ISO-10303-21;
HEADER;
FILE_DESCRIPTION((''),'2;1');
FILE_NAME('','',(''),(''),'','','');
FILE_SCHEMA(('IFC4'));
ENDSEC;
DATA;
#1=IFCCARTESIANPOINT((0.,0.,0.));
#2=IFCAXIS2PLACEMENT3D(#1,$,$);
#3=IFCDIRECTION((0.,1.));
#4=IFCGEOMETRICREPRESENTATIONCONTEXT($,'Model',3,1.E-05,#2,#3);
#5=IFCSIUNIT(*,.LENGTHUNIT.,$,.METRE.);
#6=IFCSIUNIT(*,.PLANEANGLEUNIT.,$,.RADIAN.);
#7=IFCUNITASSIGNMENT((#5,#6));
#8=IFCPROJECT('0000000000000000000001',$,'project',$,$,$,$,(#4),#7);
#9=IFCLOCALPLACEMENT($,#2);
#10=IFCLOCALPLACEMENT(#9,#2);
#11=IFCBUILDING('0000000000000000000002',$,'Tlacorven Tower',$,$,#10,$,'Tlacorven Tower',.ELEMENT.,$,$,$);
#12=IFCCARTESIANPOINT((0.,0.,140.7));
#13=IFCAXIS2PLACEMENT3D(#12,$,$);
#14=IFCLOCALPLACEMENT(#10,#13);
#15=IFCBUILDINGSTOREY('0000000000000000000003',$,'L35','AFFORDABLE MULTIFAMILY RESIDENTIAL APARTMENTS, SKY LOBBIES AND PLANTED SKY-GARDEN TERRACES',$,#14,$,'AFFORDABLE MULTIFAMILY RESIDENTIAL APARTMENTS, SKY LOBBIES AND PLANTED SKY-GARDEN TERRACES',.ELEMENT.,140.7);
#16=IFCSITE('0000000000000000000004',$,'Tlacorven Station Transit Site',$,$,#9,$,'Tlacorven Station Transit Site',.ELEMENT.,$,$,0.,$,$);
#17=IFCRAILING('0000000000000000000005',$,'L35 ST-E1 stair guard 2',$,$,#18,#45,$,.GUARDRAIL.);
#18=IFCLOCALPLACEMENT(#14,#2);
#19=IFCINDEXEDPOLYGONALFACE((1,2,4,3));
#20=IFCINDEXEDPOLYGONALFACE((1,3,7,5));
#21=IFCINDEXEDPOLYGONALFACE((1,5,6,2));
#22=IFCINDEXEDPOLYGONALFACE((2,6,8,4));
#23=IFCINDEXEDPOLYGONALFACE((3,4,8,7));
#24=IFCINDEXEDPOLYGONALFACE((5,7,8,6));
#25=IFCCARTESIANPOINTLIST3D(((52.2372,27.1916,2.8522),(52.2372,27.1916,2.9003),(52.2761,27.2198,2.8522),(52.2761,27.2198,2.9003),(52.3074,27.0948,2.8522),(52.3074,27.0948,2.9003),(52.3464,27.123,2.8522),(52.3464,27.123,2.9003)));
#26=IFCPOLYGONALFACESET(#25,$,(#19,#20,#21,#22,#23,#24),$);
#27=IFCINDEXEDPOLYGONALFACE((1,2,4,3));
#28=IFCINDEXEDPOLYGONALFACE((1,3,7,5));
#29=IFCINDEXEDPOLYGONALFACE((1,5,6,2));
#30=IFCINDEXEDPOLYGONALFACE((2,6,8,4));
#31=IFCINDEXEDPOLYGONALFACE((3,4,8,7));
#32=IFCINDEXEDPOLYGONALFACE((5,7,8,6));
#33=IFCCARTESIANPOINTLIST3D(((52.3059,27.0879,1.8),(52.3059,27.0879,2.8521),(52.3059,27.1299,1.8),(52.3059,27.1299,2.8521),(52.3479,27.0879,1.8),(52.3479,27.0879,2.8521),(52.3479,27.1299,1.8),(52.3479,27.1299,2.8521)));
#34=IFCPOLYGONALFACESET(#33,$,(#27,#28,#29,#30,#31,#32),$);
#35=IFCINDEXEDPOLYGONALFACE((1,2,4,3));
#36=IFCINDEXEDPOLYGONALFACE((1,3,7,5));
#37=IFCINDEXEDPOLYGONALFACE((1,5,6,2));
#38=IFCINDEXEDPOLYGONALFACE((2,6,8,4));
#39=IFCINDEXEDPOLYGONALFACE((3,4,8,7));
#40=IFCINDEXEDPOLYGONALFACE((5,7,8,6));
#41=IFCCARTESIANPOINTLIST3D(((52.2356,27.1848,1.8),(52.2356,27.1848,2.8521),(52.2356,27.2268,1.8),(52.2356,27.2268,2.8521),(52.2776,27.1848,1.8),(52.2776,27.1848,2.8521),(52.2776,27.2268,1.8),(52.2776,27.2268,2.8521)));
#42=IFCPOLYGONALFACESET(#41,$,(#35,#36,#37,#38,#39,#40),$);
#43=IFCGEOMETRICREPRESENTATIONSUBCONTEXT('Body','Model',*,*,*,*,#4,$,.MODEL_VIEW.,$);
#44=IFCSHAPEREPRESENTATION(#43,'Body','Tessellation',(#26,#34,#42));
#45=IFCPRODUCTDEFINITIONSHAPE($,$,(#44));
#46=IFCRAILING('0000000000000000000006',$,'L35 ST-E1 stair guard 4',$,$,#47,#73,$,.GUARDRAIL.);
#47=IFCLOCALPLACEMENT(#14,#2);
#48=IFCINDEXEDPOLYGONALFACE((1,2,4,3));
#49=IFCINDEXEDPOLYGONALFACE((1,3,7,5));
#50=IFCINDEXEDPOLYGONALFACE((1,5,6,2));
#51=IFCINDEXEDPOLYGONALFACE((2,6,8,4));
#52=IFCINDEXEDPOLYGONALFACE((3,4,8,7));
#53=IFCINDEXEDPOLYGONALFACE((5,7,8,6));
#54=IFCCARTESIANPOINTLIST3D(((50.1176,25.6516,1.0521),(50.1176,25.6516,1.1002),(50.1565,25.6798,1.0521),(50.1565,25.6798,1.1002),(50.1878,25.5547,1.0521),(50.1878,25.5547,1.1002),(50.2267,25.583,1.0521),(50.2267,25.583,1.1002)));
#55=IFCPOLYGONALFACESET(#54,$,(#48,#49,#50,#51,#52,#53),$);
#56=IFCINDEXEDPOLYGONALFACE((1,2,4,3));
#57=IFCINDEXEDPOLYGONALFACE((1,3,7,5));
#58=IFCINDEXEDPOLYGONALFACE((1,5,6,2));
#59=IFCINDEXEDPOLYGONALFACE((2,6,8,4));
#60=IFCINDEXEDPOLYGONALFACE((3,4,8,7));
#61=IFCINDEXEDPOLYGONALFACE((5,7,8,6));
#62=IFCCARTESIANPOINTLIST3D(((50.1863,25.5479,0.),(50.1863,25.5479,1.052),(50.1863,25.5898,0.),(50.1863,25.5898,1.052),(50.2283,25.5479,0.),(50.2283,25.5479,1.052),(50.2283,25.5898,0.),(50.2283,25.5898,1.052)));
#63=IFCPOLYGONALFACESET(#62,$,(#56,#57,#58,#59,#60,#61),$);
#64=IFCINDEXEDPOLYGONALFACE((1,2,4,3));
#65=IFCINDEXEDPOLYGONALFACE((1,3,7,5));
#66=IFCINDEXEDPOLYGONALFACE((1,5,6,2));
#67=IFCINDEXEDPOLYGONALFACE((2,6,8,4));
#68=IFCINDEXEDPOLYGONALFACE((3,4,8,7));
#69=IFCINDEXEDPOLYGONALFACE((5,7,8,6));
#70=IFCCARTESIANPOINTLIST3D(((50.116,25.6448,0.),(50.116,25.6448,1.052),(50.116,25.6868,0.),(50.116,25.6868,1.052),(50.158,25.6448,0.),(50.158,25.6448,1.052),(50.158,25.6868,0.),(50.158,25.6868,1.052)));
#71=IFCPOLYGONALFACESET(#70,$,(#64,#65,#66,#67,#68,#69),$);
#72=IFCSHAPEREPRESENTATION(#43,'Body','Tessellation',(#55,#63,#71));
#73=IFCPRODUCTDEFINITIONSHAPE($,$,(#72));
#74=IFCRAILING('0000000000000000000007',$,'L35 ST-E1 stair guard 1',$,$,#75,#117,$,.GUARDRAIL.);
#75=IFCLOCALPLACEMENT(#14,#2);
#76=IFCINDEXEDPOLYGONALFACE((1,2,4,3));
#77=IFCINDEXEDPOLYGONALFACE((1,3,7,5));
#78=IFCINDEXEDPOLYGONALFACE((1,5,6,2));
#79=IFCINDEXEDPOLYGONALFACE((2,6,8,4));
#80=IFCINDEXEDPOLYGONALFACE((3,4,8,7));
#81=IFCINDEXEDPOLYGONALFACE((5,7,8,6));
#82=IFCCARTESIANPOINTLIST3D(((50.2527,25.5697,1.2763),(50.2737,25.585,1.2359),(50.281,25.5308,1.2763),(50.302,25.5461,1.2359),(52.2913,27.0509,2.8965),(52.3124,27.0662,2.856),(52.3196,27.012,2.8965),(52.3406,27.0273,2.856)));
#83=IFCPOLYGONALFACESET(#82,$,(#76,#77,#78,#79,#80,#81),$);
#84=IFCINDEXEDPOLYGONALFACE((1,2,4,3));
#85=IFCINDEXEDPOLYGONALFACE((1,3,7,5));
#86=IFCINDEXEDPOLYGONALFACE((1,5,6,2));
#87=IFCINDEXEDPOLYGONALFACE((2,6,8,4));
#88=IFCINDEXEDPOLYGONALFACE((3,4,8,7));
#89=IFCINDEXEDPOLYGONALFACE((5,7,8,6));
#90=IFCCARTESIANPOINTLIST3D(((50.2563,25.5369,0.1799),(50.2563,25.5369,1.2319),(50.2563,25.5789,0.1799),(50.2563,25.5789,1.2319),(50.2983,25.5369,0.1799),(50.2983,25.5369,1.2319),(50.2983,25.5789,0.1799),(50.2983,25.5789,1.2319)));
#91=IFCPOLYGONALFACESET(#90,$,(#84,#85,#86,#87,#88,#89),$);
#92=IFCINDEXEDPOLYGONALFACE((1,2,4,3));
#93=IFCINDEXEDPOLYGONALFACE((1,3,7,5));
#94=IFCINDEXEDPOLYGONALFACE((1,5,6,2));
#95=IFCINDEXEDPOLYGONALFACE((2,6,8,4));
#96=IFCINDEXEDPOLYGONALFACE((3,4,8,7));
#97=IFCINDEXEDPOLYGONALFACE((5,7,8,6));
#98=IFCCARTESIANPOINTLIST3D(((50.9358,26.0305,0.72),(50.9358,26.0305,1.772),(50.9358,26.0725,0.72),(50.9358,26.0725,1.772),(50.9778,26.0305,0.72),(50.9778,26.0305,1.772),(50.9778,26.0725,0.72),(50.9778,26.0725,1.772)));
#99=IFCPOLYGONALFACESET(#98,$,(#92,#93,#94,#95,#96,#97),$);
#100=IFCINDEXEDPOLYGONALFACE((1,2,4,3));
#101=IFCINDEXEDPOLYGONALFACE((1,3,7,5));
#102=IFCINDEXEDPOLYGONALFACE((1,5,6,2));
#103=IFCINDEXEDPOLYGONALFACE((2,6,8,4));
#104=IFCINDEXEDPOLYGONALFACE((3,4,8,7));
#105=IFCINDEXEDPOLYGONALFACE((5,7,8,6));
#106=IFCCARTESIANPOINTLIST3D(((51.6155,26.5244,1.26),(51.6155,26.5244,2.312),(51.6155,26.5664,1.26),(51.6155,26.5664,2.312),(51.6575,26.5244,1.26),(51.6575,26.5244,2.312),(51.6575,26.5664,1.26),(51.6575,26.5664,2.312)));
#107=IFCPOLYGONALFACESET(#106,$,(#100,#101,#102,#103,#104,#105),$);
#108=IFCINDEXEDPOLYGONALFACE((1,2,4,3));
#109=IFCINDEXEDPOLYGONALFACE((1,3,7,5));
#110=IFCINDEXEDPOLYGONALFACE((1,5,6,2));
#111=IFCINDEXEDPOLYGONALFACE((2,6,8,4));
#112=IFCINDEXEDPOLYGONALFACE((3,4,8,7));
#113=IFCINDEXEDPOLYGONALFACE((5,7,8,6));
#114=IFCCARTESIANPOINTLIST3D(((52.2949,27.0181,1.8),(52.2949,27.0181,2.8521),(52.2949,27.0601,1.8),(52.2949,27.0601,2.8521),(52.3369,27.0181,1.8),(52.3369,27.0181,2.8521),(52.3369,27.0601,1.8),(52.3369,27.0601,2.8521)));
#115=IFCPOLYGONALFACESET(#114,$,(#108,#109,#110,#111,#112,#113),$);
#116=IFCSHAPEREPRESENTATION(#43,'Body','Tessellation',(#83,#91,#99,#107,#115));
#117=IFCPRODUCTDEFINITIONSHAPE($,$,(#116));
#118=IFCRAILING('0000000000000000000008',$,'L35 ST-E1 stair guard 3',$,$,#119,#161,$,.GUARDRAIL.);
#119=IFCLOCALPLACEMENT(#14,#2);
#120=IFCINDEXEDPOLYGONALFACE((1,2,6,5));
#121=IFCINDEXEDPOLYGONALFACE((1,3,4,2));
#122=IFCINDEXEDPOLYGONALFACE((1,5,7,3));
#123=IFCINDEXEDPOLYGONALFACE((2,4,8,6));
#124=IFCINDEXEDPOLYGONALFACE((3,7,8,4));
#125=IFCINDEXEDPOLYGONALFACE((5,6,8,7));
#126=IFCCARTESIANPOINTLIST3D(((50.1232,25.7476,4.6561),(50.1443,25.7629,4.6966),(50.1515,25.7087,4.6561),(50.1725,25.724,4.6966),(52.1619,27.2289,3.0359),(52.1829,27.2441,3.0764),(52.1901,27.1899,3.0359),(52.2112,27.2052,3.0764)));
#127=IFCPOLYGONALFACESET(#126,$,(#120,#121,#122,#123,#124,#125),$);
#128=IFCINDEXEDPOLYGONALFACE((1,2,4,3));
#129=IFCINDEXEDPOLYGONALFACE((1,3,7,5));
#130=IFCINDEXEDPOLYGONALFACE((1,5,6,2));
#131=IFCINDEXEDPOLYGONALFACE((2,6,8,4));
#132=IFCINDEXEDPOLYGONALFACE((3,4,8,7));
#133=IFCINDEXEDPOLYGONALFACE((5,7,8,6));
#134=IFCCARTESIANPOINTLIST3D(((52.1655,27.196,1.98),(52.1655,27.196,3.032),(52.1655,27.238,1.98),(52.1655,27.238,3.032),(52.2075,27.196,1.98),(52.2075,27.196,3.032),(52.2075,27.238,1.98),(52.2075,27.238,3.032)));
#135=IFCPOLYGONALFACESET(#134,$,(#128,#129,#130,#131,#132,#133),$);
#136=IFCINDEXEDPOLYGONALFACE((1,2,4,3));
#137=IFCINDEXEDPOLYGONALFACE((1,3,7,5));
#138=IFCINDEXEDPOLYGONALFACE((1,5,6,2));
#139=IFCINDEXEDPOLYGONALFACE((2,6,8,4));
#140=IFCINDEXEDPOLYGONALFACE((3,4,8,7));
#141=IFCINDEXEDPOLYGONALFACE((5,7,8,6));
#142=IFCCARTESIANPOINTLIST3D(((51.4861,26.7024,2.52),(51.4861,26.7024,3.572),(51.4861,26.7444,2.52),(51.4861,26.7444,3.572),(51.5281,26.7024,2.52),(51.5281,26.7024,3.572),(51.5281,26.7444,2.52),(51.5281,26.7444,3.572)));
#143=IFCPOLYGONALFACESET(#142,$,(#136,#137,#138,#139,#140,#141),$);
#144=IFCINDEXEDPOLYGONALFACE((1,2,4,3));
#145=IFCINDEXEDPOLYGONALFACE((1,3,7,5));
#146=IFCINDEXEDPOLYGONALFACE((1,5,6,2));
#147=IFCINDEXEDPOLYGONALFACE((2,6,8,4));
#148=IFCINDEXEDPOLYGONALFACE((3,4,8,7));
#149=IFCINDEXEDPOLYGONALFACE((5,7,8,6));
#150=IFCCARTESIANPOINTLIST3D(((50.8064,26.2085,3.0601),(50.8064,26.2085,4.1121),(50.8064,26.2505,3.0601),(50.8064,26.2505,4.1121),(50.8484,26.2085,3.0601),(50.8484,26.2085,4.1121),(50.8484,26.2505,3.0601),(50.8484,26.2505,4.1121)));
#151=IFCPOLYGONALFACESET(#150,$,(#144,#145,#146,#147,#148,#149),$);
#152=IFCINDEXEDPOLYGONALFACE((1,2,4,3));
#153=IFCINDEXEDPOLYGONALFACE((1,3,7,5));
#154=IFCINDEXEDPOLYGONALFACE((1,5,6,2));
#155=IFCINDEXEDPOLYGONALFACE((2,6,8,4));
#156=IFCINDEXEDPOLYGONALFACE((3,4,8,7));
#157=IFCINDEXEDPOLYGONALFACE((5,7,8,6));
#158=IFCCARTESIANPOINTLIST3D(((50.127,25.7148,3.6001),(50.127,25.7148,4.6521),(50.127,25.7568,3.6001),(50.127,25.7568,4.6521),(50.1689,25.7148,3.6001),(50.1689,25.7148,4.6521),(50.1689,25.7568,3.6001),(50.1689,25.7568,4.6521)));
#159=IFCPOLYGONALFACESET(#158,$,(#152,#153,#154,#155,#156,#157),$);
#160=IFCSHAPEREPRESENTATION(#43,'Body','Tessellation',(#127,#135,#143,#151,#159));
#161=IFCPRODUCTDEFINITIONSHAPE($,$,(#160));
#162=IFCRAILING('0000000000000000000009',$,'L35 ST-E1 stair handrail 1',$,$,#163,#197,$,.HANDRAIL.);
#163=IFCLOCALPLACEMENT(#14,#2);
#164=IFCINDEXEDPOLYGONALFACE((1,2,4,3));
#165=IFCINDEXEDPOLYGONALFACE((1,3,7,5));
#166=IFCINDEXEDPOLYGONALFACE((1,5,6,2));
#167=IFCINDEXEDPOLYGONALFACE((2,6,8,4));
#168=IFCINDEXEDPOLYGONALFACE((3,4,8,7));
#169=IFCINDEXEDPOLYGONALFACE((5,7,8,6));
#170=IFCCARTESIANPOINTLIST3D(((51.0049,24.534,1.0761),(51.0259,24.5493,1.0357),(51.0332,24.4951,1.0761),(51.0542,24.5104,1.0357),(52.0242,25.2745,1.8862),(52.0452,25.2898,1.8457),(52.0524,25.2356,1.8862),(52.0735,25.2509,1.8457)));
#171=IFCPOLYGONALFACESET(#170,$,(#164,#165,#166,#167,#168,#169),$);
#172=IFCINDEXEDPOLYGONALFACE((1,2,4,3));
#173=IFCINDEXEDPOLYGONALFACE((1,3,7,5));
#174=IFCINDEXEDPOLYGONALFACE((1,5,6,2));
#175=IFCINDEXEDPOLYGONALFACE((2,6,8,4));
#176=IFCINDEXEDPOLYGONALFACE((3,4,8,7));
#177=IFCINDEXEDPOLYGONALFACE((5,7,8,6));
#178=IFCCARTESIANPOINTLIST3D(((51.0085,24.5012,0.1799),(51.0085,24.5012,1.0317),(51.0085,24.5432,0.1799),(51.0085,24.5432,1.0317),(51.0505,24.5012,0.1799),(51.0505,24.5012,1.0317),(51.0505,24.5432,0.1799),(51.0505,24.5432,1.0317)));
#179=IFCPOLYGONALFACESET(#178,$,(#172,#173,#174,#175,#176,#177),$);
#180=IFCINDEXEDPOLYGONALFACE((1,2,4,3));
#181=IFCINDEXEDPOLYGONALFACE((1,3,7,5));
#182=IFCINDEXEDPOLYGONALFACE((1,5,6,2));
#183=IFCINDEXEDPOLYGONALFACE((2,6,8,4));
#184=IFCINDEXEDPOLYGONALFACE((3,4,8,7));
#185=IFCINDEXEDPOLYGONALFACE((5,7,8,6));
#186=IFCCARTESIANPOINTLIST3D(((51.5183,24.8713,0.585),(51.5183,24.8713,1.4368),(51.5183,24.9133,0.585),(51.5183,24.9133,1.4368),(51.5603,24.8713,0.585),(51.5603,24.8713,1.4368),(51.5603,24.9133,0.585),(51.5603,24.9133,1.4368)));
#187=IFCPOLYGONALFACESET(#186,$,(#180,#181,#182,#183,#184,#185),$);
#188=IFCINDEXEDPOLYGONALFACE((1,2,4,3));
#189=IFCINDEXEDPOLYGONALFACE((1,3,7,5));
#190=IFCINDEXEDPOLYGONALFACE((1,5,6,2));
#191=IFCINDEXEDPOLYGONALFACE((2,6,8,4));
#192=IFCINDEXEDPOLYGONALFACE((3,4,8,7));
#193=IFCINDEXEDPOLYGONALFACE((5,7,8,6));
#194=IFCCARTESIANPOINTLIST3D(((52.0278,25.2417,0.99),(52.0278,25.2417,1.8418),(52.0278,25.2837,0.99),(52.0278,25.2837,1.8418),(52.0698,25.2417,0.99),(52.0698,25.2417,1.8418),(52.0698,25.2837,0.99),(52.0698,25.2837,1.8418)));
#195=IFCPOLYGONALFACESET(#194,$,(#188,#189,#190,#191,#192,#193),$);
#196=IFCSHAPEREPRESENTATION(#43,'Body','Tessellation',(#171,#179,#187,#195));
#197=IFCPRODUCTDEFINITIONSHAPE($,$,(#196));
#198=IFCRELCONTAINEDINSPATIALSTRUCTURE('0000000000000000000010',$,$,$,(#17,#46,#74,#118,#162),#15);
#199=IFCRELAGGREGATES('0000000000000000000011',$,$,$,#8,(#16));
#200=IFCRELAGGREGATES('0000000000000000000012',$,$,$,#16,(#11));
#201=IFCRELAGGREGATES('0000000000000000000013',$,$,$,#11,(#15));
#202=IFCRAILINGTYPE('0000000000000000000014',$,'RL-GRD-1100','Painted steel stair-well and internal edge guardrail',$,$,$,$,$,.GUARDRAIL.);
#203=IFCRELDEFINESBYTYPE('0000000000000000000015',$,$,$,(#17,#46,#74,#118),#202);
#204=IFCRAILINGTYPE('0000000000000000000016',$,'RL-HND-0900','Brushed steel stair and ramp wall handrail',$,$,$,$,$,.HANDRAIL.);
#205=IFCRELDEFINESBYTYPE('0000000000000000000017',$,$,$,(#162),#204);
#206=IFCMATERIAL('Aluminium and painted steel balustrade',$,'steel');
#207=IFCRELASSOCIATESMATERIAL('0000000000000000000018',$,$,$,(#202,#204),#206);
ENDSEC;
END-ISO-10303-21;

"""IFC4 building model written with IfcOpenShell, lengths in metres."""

from ifc_helpers import new_model, si_unit, direction, frame, origin, origin_2d, place, context, subcontext, project, spatial, rectangle, extrude, source, transform, mapped, material, type_object, element, save


model = new_model("IFC4")

# Units and contexts
model_context = context("Model", 3, precision=1e-05, world=origin(), true_north=direction((0.0, 1.0)))
body_context = subcontext(model_context, "Body", "Model", "MODEL_VIEW")
ifc_project = project(units=[si_unit("LENGTHUNIT", "METRE"), si_unit("PLANEANGLEUNIT", "RADIAN")], contexts=[model_context])

# Site, building, storey
site_placement = place(None, origin())
site = spatial("IfcSite", under=ifc_project, at=site_placement, Name="Tlacorven Station Transit Site", LongName="Tlacorven Station Transit Site", CompositionType="ELEMENT", RefElevation=0.0)
building_placement = place(site_placement, origin())
building = spatial("IfcBuilding", under=site, at=building_placement, Name="Tlacorven Tower", LongName="Tlacorven Tower", CompositionType="ELEMENT")
storey_placement = place(building_placement, frame((0.0, 0.0, 140.7)))
storey = spatial("IfcBuildingStorey", under=building, at=storey_placement, Name="L35", Description="AFFORDABLE MULTIFAMILY RESIDENTIAL APARTMENTS, SKY LOBBIES AND PLANTED SKY-GARDEN TERRACES", LongName="AFFORDABLE MULTIFAMILY RESIDENTIAL APARTMENTS, SKY LOBBIES AND PLANTED SKY-GARDEN TERRACES", CompositionType="ELEMENT", Elevation=140.7)

# Railings
ifc_material_1 = material(Name="Aluminium and painted steel balustrade", Category="steel")
railing_type_1 = type_object("IfcRailingType", Name="RL-GRD-1100", Description="Painted steel stair-well and internal edge guardrail", PredefinedType="GUARDRAIL", material=ifc_material_1)
shared_shape_1 = source(origin(), body_context, "Body", "SweptSolid", [
    extrude(rectangle(XDim=0.0481, YDim=0.0481, at=origin_2d()), frame((0.0, 0.0, 1.0762), z_axis=(-0.587201, 0.809441, 0.0), x_axis=(-0.809441, -0.587201, 0.0)), (0.0, 0.0, 1.0), 0.1196),
    extrude(rectangle(XDim=0.042, YDim=0.042, at=origin_2d()), origin(), (0.0, 0.0, 1.0), 1.052),
    extrude(rectangle(XDim=0.042, YDim=0.042, at=origin_2d()), frame((-0.0703, 0.0969, 0.0)), (0.0, 0.0, 1.0), 1.052),
])
for number, where, name in (
    (1, (52.3269, 27.1089, 1.8), "L35 ST-E1 stair guard 2"),
    (2, (50.2073, 25.5688, 0.0), "L35 ST-E1 stair guard 4"),
):
    element("IfcRailing", number, at=place(storey_placement, frame(where)), inside=storey, type_object=railing_type_1, Name=name, PredefinedType="GUARDRAIL", context=body_context, shape_type="MappedRepresentation", body=[
        mapped(shared_shape_1, transform((0.0, 0.0, 0.0), scale=1.0)),
    ])
shared_shape_2 = source(origin(), body_context, "Body", "SweptSolid", [
    extrude(rectangle(XDim=0.0481, YDim=0.0481, at=origin_2d()), frame((0.0, 0.0, 1.0762), z_axis=(0.680489, 0.494434, 0.540805), x_axis=(-0.587809, 0.809, 0.0)), (0.0, 0.0, 1.0), 2.9958),
    extrude(rectangle(XDim=0.042, YDim=0.042, at=origin_2d()), origin(), (0.0, 0.0, 1.0), 1.052),
    extrude(rectangle(XDim=0.042, YDim=0.042, at=origin_2d()), frame((0.6794, 0.4937, 0.54)), (0.0, 0.0, 1.0), 1.052),
    extrude(rectangle(XDim=0.042, YDim=0.042, at=origin_2d()), frame((1.3591, 0.9875, 1.0801)), (0.0, 0.0, 1.0), 1.052),
    extrude(rectangle(XDim=0.042, YDim=0.042, at=origin_2d()), frame((2.0386, 1.4812, 1.6201)), (0.0, 0.0, 1.0), 1.052),
])
railing_1_placement = place(storey_placement, frame((50.2773, 25.5579, 0.1799)))
element("IfcRailing", 3, at=railing_1_placement, inside=storey, type_object=railing_type_1, Name="L35 ST-E1 stair guard 1", PredefinedType="GUARDRAIL", context=body_context, shape_type="MappedRepresentation", body=[
    mapped(shared_shape_2, transform((0.0, 0.0, 0.0), scale=1.0)),
])
shared_shape_3 = source(origin(), body_context, "Body", "SweptSolid", [
    extrude(rectangle(XDim=0.0481, YDim=0.0481, at=origin_2d()), frame((0.0, 0.0, 1.0762), z_axis=(-0.680489, -0.494434, 0.540805), x_axis=(0.587809, -0.809, 0.0)), (0.0, 0.0, 1.0), 2.9958),
    extrude(rectangle(XDim=0.042, YDim=0.042, at=origin_2d()), origin(), (0.0, 0.0, 1.0), 1.052),
    extrude(rectangle(XDim=0.042, YDim=0.042, at=origin_2d()), frame((-0.6794, -0.4937, 0.54)), (0.0, 0.0, 1.0), 1.052),
    extrude(rectangle(XDim=0.042, YDim=0.042, at=origin_2d()), frame((-1.3591, -0.9875, 1.0801)), (0.0, 0.0, 1.0), 1.052),
    extrude(rectangle(XDim=0.042, YDim=0.042, at=origin_2d()), frame((-2.0386, -1.4812, 1.6201)), (0.0, 0.0, 1.0), 1.052),
])
railing_2_placement = place(storey_placement, frame((52.1865, 27.217, 1.98)))
element("IfcRailing", 4, at=railing_2_placement, inside=storey, type_object=railing_type_1, Name="L35 ST-E1 stair guard 3", PredefinedType="GUARDRAIL", context=body_context, shape_type="MappedRepresentation", body=[
    mapped(shared_shape_3, transform((0.0, 0.0, 0.0), scale=1.0)),
])
railing_type_2 = type_object("IfcRailingType", Name="RL-HND-0900", Description="Brushed steel stair and ramp wall handrail", PredefinedType="HANDRAIL", material=ifc_material_1)
shared_shape_4 = source(origin(), body_context, "Body", "SweptSolid", [
    extrude(rectangle(XDim=0.0481, YDim=0.0481, at=origin_2d()), frame((0.0, 0.0, 0.876), z_axis=(0.680516, 0.494373, 0.540827), x_axis=(-0.587745, 0.809046, 0.0)), (0.0, 0.0, 1.0), 1.4978),
    extrude(rectangle(XDim=0.042, YDim=0.042, at=origin_2d()), origin(), (0.0, 0.0, 1.0), 0.8518),
    extrude(rectangle(XDim=0.042, YDim=0.042, at=origin_2d()), frame((0.5098, 0.3701, 0.405)), (0.0, 0.0, 1.0), 0.8518),
    extrude(rectangle(XDim=0.042, YDim=0.042, at=origin_2d()), frame((1.0193, 0.7405, 0.8101)), (0.0, 0.0, 1.0), 0.8518),
])
railing_3_placement = place(storey_placement, frame((51.0295, 24.5222, 0.1799)))
element("IfcRailing", 5, at=railing_3_placement, inside=storey, type_object=railing_type_2, Name="L35 ST-E1 stair handrail 1", PredefinedType="HANDRAIL", context=body_context, shape_type="MappedRepresentation", body=[
    mapped(shared_shape_4, transform((0.0, 0.0, 0.0), scale=1.0)),
])

save(model, "model.ifc")
